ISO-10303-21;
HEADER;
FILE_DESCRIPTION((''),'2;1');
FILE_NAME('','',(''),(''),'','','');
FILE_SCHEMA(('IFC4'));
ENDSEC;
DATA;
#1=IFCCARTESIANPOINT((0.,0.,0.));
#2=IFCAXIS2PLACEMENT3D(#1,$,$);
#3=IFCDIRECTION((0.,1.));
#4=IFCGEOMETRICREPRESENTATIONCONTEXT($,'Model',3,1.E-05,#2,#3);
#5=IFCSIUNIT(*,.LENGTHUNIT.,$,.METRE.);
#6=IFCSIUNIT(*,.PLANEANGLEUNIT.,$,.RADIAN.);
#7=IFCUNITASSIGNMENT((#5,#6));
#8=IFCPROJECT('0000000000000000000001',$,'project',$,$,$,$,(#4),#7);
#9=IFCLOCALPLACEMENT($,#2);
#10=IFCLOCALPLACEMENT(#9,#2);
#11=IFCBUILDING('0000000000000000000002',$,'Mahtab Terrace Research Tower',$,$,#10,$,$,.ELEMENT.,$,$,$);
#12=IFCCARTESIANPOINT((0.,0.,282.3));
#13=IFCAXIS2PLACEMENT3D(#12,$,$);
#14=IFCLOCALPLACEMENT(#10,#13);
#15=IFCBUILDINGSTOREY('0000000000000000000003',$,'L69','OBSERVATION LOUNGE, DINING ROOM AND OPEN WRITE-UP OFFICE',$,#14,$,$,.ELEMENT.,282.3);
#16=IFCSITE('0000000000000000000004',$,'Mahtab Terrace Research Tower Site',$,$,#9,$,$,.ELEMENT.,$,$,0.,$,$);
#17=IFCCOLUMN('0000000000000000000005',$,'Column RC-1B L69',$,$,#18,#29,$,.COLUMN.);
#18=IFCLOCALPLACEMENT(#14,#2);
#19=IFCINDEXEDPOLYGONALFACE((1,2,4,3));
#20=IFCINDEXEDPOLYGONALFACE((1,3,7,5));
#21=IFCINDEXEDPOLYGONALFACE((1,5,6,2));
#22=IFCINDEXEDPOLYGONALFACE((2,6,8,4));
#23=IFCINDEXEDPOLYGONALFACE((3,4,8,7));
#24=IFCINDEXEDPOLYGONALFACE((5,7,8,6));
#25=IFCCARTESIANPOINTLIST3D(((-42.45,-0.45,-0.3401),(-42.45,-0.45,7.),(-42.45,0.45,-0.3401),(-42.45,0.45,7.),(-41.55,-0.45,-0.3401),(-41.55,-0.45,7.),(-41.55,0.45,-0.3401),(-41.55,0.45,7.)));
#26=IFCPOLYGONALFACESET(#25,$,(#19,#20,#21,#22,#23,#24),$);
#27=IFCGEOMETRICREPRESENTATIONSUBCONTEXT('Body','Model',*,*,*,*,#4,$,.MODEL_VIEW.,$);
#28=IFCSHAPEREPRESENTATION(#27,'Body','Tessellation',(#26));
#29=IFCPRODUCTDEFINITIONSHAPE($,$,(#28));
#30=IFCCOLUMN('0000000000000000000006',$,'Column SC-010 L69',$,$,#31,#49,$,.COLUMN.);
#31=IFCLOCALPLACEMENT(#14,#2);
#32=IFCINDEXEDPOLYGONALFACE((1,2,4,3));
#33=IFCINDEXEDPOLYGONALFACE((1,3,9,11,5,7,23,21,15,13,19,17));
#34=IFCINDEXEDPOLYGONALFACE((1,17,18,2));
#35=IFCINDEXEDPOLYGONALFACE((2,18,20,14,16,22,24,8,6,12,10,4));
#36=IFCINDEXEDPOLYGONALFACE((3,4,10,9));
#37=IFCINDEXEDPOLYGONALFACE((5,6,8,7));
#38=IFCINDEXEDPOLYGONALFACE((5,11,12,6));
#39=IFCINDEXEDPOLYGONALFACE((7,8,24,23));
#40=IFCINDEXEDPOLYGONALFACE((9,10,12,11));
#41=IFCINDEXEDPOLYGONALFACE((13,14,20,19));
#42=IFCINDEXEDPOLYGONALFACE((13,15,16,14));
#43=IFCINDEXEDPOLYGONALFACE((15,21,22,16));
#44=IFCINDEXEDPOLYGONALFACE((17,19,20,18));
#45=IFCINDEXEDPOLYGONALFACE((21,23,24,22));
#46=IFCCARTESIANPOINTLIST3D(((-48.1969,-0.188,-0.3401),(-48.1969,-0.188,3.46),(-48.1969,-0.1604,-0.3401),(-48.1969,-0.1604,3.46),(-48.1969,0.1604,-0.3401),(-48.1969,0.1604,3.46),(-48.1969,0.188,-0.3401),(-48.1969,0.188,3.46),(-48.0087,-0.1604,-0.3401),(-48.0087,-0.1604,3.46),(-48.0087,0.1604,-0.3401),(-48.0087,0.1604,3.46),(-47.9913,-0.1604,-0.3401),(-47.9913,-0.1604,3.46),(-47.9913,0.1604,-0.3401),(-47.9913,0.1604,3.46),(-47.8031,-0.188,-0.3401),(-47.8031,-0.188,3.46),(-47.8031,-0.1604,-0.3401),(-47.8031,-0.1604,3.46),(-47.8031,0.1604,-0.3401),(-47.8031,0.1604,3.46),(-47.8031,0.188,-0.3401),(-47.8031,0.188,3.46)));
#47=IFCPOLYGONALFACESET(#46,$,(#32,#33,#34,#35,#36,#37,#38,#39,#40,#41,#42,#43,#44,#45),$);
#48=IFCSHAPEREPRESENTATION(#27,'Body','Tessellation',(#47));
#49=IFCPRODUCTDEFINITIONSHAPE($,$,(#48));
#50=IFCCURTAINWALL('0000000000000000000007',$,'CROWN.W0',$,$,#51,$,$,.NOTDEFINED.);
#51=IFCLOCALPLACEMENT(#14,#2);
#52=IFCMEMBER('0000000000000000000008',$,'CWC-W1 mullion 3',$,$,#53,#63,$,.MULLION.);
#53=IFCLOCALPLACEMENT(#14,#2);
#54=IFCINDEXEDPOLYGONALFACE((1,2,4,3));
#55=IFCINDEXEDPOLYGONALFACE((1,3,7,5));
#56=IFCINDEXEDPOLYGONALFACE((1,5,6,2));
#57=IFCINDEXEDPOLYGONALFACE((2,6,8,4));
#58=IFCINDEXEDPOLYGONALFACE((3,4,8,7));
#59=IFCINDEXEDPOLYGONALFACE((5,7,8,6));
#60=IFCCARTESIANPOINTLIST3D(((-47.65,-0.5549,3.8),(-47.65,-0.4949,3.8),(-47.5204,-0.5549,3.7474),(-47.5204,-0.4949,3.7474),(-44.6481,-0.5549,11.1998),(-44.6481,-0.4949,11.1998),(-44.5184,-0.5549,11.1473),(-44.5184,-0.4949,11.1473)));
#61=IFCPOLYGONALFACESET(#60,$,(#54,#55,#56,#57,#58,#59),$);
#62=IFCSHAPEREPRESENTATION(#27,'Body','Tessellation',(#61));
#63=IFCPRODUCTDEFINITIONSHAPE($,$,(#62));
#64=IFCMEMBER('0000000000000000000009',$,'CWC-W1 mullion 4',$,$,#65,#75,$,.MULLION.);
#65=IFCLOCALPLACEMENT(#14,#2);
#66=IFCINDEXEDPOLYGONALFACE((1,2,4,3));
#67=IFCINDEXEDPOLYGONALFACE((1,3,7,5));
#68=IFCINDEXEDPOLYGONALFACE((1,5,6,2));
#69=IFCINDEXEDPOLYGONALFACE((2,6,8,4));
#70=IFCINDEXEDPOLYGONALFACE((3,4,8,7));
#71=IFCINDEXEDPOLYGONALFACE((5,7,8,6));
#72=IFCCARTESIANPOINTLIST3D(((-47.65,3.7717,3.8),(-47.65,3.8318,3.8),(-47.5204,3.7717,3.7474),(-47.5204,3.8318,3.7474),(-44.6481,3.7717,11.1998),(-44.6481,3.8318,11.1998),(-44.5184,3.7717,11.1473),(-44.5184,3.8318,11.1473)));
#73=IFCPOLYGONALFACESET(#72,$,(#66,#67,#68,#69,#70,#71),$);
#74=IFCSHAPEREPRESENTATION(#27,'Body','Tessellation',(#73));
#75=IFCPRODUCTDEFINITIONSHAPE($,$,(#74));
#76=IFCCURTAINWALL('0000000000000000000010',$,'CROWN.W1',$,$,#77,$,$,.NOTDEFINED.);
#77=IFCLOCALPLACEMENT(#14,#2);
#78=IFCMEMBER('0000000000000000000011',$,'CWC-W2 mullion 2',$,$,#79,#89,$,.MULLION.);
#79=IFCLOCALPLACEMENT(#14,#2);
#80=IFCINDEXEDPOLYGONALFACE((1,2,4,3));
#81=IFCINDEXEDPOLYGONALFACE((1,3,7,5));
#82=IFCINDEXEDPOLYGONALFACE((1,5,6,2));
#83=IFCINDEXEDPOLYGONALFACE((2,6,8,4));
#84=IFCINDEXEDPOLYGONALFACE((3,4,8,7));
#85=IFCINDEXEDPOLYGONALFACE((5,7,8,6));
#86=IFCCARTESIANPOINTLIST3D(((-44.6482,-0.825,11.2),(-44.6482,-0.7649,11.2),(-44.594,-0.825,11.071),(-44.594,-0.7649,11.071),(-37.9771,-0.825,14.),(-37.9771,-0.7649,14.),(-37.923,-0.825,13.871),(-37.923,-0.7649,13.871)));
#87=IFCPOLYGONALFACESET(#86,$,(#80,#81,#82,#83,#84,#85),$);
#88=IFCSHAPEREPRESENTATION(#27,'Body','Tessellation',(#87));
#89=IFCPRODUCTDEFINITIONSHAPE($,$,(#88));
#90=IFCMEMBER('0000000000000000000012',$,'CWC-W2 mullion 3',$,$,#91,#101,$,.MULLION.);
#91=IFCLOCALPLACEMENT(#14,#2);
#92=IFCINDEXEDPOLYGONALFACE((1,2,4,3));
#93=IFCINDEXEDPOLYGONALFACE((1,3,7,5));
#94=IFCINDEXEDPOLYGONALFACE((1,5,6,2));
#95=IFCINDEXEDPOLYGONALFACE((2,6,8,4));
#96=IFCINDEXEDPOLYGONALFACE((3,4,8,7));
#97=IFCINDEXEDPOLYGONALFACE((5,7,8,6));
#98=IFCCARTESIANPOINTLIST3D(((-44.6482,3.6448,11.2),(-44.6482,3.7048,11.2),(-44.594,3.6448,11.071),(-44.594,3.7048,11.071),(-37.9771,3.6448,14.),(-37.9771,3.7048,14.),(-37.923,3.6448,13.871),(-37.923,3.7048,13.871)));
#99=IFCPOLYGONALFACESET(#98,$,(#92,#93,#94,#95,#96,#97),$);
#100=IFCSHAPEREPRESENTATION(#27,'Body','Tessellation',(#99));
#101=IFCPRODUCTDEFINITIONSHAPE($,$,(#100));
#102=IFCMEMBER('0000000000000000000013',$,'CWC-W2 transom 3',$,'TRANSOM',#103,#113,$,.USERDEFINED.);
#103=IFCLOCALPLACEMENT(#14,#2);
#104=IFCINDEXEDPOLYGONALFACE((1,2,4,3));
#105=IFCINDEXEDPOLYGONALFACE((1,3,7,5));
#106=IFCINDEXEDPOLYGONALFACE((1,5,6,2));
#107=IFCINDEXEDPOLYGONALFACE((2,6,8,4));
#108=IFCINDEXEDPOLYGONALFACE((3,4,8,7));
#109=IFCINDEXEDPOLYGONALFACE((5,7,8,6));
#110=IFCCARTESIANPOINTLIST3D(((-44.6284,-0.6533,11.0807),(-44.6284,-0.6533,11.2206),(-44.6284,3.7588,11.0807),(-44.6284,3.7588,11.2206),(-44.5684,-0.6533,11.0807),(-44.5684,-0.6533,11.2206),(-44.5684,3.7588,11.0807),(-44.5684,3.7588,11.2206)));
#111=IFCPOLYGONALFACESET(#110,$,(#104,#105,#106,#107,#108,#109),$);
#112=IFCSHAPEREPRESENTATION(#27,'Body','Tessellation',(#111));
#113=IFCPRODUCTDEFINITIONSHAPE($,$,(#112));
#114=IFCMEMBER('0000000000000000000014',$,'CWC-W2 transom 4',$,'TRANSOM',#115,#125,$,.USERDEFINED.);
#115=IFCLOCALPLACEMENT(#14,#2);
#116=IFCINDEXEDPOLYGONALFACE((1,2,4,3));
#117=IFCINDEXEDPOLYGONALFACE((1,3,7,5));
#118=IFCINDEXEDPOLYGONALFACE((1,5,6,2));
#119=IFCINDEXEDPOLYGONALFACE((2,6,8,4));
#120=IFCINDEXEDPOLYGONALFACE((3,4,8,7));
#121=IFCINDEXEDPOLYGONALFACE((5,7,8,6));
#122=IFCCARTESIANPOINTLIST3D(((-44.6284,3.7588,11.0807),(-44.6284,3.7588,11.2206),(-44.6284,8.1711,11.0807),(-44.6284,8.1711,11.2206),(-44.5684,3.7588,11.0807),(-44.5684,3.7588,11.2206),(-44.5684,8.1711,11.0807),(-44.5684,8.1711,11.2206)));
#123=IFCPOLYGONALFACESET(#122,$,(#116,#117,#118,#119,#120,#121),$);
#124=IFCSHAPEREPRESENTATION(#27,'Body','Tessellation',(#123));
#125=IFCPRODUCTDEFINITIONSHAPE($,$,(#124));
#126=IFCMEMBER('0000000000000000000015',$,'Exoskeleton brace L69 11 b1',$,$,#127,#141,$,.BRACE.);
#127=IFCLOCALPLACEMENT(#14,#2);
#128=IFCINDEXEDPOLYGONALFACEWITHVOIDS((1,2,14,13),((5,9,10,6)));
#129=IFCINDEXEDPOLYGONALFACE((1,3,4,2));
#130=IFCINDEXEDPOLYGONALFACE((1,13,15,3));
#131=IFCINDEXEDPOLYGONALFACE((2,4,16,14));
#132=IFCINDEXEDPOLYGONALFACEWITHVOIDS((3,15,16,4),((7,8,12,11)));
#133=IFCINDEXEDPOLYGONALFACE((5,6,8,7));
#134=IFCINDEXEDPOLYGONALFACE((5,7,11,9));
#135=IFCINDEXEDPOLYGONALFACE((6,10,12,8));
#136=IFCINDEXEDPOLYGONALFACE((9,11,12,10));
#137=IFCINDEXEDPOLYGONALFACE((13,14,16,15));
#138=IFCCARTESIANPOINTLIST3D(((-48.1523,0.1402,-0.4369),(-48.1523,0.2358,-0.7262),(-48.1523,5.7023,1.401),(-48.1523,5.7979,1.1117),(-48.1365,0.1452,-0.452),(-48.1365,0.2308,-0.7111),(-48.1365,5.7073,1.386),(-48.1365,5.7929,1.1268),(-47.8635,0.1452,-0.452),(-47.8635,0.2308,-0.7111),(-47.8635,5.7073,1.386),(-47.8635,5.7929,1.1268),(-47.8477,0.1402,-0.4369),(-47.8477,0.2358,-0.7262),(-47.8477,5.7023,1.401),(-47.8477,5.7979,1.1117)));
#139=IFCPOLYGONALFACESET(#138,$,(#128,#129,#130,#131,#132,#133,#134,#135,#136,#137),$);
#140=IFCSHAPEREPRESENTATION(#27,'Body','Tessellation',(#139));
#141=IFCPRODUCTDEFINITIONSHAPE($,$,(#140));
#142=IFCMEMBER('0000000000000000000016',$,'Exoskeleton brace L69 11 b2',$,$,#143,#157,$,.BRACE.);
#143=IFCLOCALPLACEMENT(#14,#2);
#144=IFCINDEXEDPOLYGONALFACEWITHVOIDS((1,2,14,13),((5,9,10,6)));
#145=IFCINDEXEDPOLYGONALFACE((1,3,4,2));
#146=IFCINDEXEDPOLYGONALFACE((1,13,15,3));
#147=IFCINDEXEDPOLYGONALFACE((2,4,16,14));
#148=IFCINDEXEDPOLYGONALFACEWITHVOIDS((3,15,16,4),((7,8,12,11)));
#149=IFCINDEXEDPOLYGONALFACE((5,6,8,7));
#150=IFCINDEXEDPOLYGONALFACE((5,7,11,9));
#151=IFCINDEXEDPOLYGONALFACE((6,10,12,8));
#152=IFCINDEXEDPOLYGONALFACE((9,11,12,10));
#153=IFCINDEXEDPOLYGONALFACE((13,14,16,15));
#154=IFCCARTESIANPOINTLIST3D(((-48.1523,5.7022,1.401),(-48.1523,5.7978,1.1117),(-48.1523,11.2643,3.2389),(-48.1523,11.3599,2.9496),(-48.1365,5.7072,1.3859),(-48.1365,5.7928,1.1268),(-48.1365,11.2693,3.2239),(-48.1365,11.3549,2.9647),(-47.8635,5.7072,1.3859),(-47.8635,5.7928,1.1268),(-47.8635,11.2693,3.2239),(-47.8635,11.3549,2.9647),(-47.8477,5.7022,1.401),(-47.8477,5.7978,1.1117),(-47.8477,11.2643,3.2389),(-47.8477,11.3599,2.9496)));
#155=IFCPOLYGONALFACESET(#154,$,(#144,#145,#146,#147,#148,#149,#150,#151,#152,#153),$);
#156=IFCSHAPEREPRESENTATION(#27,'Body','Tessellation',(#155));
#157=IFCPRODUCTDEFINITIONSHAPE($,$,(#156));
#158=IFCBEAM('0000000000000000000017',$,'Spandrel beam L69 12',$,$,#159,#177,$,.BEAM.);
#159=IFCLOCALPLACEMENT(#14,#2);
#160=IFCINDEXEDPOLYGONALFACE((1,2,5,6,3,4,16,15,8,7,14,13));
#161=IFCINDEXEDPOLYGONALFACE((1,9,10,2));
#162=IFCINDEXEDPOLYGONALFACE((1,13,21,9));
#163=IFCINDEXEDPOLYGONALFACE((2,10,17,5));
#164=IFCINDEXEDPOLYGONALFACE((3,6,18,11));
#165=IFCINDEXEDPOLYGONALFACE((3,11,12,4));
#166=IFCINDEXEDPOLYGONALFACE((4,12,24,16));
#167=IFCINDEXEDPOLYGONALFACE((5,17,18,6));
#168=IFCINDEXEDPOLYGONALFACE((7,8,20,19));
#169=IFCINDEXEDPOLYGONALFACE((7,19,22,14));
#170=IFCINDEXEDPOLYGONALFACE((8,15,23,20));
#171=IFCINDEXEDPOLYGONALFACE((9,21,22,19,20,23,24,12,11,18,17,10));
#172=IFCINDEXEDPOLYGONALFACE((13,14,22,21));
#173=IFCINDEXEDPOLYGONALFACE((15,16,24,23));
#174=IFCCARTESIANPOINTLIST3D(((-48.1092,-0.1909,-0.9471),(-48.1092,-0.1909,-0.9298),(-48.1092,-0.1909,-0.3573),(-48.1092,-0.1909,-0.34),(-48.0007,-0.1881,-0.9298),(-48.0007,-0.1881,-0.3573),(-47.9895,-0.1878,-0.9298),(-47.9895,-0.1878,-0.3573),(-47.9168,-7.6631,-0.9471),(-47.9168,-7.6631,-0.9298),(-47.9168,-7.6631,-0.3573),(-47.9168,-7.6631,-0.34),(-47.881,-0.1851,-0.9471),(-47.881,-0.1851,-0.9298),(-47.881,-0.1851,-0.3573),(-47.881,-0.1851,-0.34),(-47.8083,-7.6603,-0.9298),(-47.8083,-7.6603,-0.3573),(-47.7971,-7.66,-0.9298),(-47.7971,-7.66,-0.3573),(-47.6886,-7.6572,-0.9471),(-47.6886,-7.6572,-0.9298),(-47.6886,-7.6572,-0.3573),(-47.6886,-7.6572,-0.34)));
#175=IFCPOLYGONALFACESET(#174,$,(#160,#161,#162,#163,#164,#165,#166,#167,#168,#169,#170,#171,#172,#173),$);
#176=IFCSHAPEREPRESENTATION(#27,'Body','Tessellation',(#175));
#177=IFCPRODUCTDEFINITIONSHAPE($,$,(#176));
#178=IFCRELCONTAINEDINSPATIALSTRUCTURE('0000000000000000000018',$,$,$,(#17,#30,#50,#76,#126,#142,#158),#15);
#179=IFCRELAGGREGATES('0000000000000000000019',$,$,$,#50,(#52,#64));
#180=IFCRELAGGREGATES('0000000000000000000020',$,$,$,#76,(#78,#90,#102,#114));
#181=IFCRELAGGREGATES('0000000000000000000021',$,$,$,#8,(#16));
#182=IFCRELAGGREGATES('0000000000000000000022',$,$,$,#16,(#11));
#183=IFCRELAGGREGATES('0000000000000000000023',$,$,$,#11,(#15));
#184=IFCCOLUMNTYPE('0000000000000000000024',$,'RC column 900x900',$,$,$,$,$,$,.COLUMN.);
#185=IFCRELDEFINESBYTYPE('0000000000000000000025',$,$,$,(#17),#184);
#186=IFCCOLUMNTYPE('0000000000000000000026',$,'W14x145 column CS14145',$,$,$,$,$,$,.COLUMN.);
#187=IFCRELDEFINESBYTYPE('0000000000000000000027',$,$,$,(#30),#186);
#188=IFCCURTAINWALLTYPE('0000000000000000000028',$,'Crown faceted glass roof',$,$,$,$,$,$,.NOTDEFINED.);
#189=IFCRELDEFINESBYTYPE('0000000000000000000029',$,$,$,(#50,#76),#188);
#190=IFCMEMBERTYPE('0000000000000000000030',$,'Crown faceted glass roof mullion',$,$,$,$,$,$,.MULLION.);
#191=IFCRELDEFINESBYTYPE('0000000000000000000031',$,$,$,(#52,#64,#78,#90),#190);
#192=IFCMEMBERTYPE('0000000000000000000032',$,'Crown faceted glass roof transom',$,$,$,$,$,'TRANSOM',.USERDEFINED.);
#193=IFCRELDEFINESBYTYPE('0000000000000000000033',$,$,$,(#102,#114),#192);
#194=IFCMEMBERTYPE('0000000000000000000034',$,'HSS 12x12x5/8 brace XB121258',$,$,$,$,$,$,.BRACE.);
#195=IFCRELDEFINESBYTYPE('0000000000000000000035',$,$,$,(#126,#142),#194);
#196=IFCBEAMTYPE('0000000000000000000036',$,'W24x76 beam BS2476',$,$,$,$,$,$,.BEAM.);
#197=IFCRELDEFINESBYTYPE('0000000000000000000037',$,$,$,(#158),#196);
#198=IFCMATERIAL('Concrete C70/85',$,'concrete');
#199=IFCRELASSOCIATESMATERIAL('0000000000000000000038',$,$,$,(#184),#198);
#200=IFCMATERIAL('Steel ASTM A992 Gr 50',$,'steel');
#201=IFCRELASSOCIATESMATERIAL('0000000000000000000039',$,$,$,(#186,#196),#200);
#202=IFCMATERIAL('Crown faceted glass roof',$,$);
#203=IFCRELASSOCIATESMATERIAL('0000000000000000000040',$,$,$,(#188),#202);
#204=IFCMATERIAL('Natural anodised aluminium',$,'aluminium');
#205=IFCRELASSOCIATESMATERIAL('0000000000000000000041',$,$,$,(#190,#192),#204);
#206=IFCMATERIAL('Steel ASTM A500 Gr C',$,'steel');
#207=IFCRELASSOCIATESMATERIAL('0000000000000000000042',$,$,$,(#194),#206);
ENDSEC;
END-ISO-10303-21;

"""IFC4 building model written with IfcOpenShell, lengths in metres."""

from ifc_helpers import new_model, si_unit, direction, frame, origin, origin_2d, place, context, subcontext, project, spatial, rectangle, hollow_rectangle, i_section, extrude, material, material_profile, profile_set, type_object, element, aggregate, save


model = new_model("IFC4")

# Units and contexts
model_context = context("Model", 3, precision=1e-05, world=origin(), true_north=direction((0.0, 1.0)))
body_context = subcontext(model_context, "Body", "Model", "MODEL_VIEW")
ifc_project = project(units=[si_unit("LENGTHUNIT", "METRE"), si_unit("PLANEANGLEUNIT", "RADIAN")], contexts=[model_context])

# Site, building, storey
site_placement = place(None, origin())
site = spatial("IfcSite", under=ifc_project, at=site_placement, Name="Mahtab Terrace Research Tower Site", CompositionType="ELEMENT", RefElevation=0.0)
building_placement = place(site_placement, origin())
building = spatial("IfcBuilding", under=site, at=building_placement, Name="Mahtab Terrace Research Tower", CompositionType="ELEMENT")
storey_placement = place(building_placement, frame((0.0, 0.0, 282.3)))
storey = spatial("IfcBuildingStorey", under=building, at=storey_placement, Name="L69", Description="OBSERVATION LOUNGE, DINING ROOM AND OPEN WRITE-UP OFFICE", CompositionType="ELEMENT", Elevation=282.3)

# Columns
ifc_material_1 = material(Name="Concrete C70/85", Category="concrete")
ifc_material_profile_1 = material_profile(ifc_material_1, rectangle(XDim=0.8999, YDim=0.8999, at=origin_2d()), Name="RC column 900x900")
ifc_profile_set_1 = profile_set([ifc_material_profile_1], Name="Concrete C70/85")
column_type_1 = type_object("IfcColumnType", Name="RC column 900x900", PredefinedType="COLUMN", material=ifc_profile_set_1)
column_1_placement = place(storey_placement, frame((-42.0, 0.0, -0.3401), z_axis=(0.0, 0.0, 1.0), x_axis=(1.0, 0.0, 0.0)))
element("IfcColumn", 1, at=column_1_placement, inside=storey, type_object=column_type_1, Name="Column RC-1B L69", PredefinedType="COLUMN", context=body_context, shape_type="SweptSolid", body=[
    extrude(rectangle(XDim=0.8999, YDim=0.8999, at=origin_2d()), origin(), (0.0, 0.0, 1.0), 7.3401),
])
ifc_material_2 = material(Name="Steel ASTM A992 Gr 50", Category="steel")
ifc_material_profile_2 = material_profile(ifc_material_2, i_section(OverallWidth=0.3938, OverallDepth=0.376, WebThickness=0.0173, FlangeThickness=0.0276, at=origin_2d()), Name="W14X145")
ifc_profile_set_2 = profile_set([ifc_material_profile_2], Name="Steel ASTM A992 Gr 50")
column_type_2 = type_object("IfcColumnType", Name="W14x145 column CS14145", PredefinedType="COLUMN", material=ifc_profile_set_2)
column_2_placement = place(storey_placement, frame((-48.0, 0.0, -0.3401), z_axis=(0.0, 0.0, 1.0), x_axis=(1.0, 0.0, 0.0)))
element("IfcColumn", 2, at=column_2_placement, inside=storey, type_object=column_type_2, Name="Column SC-010 L69", PredefinedType="COLUMN", context=body_context, shape_type="SweptSolid", body=[
    extrude(i_section(OverallWidth=0.3938, OverallDepth=0.376, WebThickness=0.0173, FlangeThickness=0.0276, at=origin_2d()), origin(), (0.0, 0.0, 1.0), 3.8),
])

# Curtain walls, members
ifc_material_3 = material(Name="Crown faceted glass roof")
curtain_wall_type = type_object("IfcCurtainWallType", Name="Crown faceted glass roof", PredefinedType="NOTDEFINED", material=ifc_material_3)
curtain_wall_1_placement = place(storey_placement, origin())
curtain_wall_1 = element("IfcCurtainWall", 3, at=curtain_wall_1_placement, inside=storey, type_object=curtain_wall_type, Name="CROWN.W0", PredefinedType="NOTDEFINED")
ifc_material_4 = material(Name="Natural anodised aluminium", Category="aluminium")
ifc_material_profile_3 = material_profile(ifc_material_4, rectangle(XDim=0.0601, YDim=0.1399, at=origin_2d()), Name="MULLION 60x140")
ifc_profile_set_3 = profile_set([ifc_material_profile_3], Name="Natural anodised aluminium")
member_type_1 = type_object("IfcMemberType", Name="Crown faceted glass roof mullion", PredefinedType="MULLION", material=ifc_profile_set_3)
member_1_placement = place(storey_placement, frame((-47.5852, -0.5249, 3.7737), z_axis=(0.375919, 0.0, 0.926652), x_axis=(0.0, 1.0, 0.0)))
member_1 = element("IfcMember", 4, at=member_1_placement, type_object=member_type_1, Name="CWC-W1 mullion 3", PredefinedType="MULLION", context=body_context, shape_type="SweptSolid", body=[
    extrude(rectangle(XDim=0.0601, YDim=0.1399, at=origin_2d()), origin(), (0.0, 0.0, 1.0), 7.9856),
])
member_2_placement = place(storey_placement, frame((-47.5852, 3.8018, 3.7737), z_axis=(0.375919, 0.0, 0.926652), x_axis=(0.0, 1.0, 0.0)))
member_2 = element("IfcMember", 5, at=member_2_placement, type_object=member_type_1, Name="CWC-W1 mullion 4", PredefinedType="MULLION", context=body_context, shape_type="SweptSolid", body=[
    extrude(rectangle(XDim=0.0601, YDim=0.1399, at=origin_2d()), origin(), (0.0, 0.0, 1.0), 7.9856),
])
curtain_wall_2_placement = place(storey_placement, origin())
curtain_wall_2 = element("IfcCurtainWall", 6, at=curtain_wall_2_placement, inside=storey, type_object=curtain_wall_type, Name="CROWN.W1", PredefinedType="NOTDEFINED")
member_3_placement = place(storey_placement, frame((-44.6211, -0.7949, 11.1355), z_axis=(0.922072, 0.0, 0.387017), x_axis=(0.0, 1.0, 0.0)))
member_3 = element("IfcMember", 7, at=member_3_placement, type_object=member_type_1, Name="CWC-W2 mullion 2", PredefinedType="MULLION", context=body_context, shape_type="SweptSolid", body=[
    extrude(rectangle(XDim=0.0601, YDim=0.1399, at=origin_2d()), origin(), (0.0, 0.0, 1.0), 7.2349),
])
member_4_placement = place(storey_placement, frame((-44.6211, 3.6748, 11.1355), z_axis=(0.922072, 0.0, 0.387017), x_axis=(0.0, 1.0, 0.0)))
member_4 = element("IfcMember", 8, at=member_4_placement, type_object=member_type_1, Name="CWC-W2 mullion 3", PredefinedType="MULLION", context=body_context, shape_type="SweptSolid", body=[
    extrude(rectangle(XDim=0.0601, YDim=0.1399, at=origin_2d()), origin(), (0.0, 0.0, 1.0), 7.2349),
])
ifc_material_profile_4 = material_profile(ifc_material_4, rectangle(XDim=0.0601, YDim=0.1399, at=origin_2d()), Name="TRANSOM 60x140")
ifc_profile_set_4 = profile_set([ifc_material_profile_4], Name="Natural anodised aluminium")
member_type_2 = type_object("IfcMemberType", Name="Crown faceted glass roof transom", ElementType="TRANSOM", PredefinedType="USERDEFINED", material=ifc_profile_set_4)
member_5_placement = place(storey_placement, frame((-44.5984, -0.6533, 11.1506), z_axis=(0.0, 1.0, 0.0), x_axis=(-1.0, 0.0, 0.0)))
member_5 = element("IfcMember", 9, at=member_5_placement, type_object=member_type_2, Name="CWC-W2 transom 3", ObjectType="TRANSOM", PredefinedType="USERDEFINED", context=body_context, shape_type="SweptSolid", body=[
    extrude(rectangle(XDim=0.0601, YDim=0.1399, at=origin_2d()), origin(), (0.0, 0.0, 1.0), 4.4121),
])
member_6_placement = place(storey_placement, frame((-44.5984, 3.7588, 11.1506), z_axis=(0.0, 1.0, 0.0), x_axis=(-1.0, 0.0, 0.0)))
member_6 = element("IfcMember", 10, at=member_6_placement, type_object=member_type_2, Name="CWC-W2 transom 4", ObjectType="TRANSOM", PredefinedType="USERDEFINED", context=body_context, shape_type="SweptSolid", body=[
    extrude(rectangle(XDim=0.0601, YDim=0.1399, at=origin_2d()), origin(), (0.0, 0.0, 1.0), 4.4124),
])

# Members
ifc_material_5 = material(Name="Steel ASTM A500 Gr C", Category="steel")
ifc_material_profile_5 = material_profile(ifc_material_5, hollow_rectangle(XDim=0.3047, YDim=0.3047, WallThickness=0.0159, at=origin_2d()), Name="HSS12X12X5/8")
ifc_profile_set_5 = profile_set([ifc_material_profile_5], Name="Steel ASTM A500 Gr C")
member_type_3 = type_object("IfcMemberType", Name="HSS 12x12x5/8 brace XB121258", PredefinedType="BRACE", material=ifc_profile_set_5)
for number, where, z_axis, x_axis, name in (
    (11, (-48.0, 0.188, -0.5815), (0.0, 0.949505, 0.313751), (-1.0, 0.0, 0.0), "Exoskeleton brace L69 11 b1"),
    (12, (-48.0, 5.75, 1.2563), (0.0, 0.949505, 0.313751), (-1.0, 0.0, 0.0), "Exoskeleton brace L69 11 b2"),
):
    element("IfcMember", number, at=place(storey_placement, frame(where, z_axis=z_axis, x_axis=x_axis)), inside=storey, type_object=member_type_3, Name=name, PredefinedType="BRACE", context=body_context, shape_type="SweptSolid", body=[
        extrude(hollow_rectangle(XDim=0.3047, YDim=0.3047, WallThickness=0.0159, at=origin_2d()), origin(), (0.0, 0.0, 1.0), 5.8579),
    ])

# Beam
ifc_material_profile_6 = material_profile(ifc_material_2, i_section(OverallWidth=0.2283, OverallDepth=0.6072, WebThickness=0.0112, FlangeThickness=0.0173, at=origin_2d()), Name="W24X76")
ifc_profile_set_6 = profile_set([ifc_material_profile_6], Name="Steel ASTM A992 Gr 50")
beam_type = type_object("IfcBeamType", Name="W24x76 beam BS2476", PredefinedType="BEAM", material=ifc_profile_set_6)
beam_placement = place(storey_placement, frame((-47.9951, -0.188, -0.6436), z_axis=(0.025738, -0.999669, 0.0), x_axis=(0.999669, 0.025738, 0.0)))
element("IfcBeam", 13, at=beam_placement, inside=storey, type_object=beam_type, Name="Spandrel beam L69 12", PredefinedType="BEAM", context=body_context, shape_type="SweptSolid", body=[
    extrude(i_section(OverallWidth=0.2283, OverallDepth=0.6072, WebThickness=0.0112, FlangeThickness=0.0173, at=origin_2d()), origin(), (0.0, 0.0, 1.0), 7.4746),
])

aggregate(curtain_wall_1, [member_1, member_2])
aggregate(curtain_wall_2, [member_3, member_4, member_5, member_6])

save(model, "model.ifc")
